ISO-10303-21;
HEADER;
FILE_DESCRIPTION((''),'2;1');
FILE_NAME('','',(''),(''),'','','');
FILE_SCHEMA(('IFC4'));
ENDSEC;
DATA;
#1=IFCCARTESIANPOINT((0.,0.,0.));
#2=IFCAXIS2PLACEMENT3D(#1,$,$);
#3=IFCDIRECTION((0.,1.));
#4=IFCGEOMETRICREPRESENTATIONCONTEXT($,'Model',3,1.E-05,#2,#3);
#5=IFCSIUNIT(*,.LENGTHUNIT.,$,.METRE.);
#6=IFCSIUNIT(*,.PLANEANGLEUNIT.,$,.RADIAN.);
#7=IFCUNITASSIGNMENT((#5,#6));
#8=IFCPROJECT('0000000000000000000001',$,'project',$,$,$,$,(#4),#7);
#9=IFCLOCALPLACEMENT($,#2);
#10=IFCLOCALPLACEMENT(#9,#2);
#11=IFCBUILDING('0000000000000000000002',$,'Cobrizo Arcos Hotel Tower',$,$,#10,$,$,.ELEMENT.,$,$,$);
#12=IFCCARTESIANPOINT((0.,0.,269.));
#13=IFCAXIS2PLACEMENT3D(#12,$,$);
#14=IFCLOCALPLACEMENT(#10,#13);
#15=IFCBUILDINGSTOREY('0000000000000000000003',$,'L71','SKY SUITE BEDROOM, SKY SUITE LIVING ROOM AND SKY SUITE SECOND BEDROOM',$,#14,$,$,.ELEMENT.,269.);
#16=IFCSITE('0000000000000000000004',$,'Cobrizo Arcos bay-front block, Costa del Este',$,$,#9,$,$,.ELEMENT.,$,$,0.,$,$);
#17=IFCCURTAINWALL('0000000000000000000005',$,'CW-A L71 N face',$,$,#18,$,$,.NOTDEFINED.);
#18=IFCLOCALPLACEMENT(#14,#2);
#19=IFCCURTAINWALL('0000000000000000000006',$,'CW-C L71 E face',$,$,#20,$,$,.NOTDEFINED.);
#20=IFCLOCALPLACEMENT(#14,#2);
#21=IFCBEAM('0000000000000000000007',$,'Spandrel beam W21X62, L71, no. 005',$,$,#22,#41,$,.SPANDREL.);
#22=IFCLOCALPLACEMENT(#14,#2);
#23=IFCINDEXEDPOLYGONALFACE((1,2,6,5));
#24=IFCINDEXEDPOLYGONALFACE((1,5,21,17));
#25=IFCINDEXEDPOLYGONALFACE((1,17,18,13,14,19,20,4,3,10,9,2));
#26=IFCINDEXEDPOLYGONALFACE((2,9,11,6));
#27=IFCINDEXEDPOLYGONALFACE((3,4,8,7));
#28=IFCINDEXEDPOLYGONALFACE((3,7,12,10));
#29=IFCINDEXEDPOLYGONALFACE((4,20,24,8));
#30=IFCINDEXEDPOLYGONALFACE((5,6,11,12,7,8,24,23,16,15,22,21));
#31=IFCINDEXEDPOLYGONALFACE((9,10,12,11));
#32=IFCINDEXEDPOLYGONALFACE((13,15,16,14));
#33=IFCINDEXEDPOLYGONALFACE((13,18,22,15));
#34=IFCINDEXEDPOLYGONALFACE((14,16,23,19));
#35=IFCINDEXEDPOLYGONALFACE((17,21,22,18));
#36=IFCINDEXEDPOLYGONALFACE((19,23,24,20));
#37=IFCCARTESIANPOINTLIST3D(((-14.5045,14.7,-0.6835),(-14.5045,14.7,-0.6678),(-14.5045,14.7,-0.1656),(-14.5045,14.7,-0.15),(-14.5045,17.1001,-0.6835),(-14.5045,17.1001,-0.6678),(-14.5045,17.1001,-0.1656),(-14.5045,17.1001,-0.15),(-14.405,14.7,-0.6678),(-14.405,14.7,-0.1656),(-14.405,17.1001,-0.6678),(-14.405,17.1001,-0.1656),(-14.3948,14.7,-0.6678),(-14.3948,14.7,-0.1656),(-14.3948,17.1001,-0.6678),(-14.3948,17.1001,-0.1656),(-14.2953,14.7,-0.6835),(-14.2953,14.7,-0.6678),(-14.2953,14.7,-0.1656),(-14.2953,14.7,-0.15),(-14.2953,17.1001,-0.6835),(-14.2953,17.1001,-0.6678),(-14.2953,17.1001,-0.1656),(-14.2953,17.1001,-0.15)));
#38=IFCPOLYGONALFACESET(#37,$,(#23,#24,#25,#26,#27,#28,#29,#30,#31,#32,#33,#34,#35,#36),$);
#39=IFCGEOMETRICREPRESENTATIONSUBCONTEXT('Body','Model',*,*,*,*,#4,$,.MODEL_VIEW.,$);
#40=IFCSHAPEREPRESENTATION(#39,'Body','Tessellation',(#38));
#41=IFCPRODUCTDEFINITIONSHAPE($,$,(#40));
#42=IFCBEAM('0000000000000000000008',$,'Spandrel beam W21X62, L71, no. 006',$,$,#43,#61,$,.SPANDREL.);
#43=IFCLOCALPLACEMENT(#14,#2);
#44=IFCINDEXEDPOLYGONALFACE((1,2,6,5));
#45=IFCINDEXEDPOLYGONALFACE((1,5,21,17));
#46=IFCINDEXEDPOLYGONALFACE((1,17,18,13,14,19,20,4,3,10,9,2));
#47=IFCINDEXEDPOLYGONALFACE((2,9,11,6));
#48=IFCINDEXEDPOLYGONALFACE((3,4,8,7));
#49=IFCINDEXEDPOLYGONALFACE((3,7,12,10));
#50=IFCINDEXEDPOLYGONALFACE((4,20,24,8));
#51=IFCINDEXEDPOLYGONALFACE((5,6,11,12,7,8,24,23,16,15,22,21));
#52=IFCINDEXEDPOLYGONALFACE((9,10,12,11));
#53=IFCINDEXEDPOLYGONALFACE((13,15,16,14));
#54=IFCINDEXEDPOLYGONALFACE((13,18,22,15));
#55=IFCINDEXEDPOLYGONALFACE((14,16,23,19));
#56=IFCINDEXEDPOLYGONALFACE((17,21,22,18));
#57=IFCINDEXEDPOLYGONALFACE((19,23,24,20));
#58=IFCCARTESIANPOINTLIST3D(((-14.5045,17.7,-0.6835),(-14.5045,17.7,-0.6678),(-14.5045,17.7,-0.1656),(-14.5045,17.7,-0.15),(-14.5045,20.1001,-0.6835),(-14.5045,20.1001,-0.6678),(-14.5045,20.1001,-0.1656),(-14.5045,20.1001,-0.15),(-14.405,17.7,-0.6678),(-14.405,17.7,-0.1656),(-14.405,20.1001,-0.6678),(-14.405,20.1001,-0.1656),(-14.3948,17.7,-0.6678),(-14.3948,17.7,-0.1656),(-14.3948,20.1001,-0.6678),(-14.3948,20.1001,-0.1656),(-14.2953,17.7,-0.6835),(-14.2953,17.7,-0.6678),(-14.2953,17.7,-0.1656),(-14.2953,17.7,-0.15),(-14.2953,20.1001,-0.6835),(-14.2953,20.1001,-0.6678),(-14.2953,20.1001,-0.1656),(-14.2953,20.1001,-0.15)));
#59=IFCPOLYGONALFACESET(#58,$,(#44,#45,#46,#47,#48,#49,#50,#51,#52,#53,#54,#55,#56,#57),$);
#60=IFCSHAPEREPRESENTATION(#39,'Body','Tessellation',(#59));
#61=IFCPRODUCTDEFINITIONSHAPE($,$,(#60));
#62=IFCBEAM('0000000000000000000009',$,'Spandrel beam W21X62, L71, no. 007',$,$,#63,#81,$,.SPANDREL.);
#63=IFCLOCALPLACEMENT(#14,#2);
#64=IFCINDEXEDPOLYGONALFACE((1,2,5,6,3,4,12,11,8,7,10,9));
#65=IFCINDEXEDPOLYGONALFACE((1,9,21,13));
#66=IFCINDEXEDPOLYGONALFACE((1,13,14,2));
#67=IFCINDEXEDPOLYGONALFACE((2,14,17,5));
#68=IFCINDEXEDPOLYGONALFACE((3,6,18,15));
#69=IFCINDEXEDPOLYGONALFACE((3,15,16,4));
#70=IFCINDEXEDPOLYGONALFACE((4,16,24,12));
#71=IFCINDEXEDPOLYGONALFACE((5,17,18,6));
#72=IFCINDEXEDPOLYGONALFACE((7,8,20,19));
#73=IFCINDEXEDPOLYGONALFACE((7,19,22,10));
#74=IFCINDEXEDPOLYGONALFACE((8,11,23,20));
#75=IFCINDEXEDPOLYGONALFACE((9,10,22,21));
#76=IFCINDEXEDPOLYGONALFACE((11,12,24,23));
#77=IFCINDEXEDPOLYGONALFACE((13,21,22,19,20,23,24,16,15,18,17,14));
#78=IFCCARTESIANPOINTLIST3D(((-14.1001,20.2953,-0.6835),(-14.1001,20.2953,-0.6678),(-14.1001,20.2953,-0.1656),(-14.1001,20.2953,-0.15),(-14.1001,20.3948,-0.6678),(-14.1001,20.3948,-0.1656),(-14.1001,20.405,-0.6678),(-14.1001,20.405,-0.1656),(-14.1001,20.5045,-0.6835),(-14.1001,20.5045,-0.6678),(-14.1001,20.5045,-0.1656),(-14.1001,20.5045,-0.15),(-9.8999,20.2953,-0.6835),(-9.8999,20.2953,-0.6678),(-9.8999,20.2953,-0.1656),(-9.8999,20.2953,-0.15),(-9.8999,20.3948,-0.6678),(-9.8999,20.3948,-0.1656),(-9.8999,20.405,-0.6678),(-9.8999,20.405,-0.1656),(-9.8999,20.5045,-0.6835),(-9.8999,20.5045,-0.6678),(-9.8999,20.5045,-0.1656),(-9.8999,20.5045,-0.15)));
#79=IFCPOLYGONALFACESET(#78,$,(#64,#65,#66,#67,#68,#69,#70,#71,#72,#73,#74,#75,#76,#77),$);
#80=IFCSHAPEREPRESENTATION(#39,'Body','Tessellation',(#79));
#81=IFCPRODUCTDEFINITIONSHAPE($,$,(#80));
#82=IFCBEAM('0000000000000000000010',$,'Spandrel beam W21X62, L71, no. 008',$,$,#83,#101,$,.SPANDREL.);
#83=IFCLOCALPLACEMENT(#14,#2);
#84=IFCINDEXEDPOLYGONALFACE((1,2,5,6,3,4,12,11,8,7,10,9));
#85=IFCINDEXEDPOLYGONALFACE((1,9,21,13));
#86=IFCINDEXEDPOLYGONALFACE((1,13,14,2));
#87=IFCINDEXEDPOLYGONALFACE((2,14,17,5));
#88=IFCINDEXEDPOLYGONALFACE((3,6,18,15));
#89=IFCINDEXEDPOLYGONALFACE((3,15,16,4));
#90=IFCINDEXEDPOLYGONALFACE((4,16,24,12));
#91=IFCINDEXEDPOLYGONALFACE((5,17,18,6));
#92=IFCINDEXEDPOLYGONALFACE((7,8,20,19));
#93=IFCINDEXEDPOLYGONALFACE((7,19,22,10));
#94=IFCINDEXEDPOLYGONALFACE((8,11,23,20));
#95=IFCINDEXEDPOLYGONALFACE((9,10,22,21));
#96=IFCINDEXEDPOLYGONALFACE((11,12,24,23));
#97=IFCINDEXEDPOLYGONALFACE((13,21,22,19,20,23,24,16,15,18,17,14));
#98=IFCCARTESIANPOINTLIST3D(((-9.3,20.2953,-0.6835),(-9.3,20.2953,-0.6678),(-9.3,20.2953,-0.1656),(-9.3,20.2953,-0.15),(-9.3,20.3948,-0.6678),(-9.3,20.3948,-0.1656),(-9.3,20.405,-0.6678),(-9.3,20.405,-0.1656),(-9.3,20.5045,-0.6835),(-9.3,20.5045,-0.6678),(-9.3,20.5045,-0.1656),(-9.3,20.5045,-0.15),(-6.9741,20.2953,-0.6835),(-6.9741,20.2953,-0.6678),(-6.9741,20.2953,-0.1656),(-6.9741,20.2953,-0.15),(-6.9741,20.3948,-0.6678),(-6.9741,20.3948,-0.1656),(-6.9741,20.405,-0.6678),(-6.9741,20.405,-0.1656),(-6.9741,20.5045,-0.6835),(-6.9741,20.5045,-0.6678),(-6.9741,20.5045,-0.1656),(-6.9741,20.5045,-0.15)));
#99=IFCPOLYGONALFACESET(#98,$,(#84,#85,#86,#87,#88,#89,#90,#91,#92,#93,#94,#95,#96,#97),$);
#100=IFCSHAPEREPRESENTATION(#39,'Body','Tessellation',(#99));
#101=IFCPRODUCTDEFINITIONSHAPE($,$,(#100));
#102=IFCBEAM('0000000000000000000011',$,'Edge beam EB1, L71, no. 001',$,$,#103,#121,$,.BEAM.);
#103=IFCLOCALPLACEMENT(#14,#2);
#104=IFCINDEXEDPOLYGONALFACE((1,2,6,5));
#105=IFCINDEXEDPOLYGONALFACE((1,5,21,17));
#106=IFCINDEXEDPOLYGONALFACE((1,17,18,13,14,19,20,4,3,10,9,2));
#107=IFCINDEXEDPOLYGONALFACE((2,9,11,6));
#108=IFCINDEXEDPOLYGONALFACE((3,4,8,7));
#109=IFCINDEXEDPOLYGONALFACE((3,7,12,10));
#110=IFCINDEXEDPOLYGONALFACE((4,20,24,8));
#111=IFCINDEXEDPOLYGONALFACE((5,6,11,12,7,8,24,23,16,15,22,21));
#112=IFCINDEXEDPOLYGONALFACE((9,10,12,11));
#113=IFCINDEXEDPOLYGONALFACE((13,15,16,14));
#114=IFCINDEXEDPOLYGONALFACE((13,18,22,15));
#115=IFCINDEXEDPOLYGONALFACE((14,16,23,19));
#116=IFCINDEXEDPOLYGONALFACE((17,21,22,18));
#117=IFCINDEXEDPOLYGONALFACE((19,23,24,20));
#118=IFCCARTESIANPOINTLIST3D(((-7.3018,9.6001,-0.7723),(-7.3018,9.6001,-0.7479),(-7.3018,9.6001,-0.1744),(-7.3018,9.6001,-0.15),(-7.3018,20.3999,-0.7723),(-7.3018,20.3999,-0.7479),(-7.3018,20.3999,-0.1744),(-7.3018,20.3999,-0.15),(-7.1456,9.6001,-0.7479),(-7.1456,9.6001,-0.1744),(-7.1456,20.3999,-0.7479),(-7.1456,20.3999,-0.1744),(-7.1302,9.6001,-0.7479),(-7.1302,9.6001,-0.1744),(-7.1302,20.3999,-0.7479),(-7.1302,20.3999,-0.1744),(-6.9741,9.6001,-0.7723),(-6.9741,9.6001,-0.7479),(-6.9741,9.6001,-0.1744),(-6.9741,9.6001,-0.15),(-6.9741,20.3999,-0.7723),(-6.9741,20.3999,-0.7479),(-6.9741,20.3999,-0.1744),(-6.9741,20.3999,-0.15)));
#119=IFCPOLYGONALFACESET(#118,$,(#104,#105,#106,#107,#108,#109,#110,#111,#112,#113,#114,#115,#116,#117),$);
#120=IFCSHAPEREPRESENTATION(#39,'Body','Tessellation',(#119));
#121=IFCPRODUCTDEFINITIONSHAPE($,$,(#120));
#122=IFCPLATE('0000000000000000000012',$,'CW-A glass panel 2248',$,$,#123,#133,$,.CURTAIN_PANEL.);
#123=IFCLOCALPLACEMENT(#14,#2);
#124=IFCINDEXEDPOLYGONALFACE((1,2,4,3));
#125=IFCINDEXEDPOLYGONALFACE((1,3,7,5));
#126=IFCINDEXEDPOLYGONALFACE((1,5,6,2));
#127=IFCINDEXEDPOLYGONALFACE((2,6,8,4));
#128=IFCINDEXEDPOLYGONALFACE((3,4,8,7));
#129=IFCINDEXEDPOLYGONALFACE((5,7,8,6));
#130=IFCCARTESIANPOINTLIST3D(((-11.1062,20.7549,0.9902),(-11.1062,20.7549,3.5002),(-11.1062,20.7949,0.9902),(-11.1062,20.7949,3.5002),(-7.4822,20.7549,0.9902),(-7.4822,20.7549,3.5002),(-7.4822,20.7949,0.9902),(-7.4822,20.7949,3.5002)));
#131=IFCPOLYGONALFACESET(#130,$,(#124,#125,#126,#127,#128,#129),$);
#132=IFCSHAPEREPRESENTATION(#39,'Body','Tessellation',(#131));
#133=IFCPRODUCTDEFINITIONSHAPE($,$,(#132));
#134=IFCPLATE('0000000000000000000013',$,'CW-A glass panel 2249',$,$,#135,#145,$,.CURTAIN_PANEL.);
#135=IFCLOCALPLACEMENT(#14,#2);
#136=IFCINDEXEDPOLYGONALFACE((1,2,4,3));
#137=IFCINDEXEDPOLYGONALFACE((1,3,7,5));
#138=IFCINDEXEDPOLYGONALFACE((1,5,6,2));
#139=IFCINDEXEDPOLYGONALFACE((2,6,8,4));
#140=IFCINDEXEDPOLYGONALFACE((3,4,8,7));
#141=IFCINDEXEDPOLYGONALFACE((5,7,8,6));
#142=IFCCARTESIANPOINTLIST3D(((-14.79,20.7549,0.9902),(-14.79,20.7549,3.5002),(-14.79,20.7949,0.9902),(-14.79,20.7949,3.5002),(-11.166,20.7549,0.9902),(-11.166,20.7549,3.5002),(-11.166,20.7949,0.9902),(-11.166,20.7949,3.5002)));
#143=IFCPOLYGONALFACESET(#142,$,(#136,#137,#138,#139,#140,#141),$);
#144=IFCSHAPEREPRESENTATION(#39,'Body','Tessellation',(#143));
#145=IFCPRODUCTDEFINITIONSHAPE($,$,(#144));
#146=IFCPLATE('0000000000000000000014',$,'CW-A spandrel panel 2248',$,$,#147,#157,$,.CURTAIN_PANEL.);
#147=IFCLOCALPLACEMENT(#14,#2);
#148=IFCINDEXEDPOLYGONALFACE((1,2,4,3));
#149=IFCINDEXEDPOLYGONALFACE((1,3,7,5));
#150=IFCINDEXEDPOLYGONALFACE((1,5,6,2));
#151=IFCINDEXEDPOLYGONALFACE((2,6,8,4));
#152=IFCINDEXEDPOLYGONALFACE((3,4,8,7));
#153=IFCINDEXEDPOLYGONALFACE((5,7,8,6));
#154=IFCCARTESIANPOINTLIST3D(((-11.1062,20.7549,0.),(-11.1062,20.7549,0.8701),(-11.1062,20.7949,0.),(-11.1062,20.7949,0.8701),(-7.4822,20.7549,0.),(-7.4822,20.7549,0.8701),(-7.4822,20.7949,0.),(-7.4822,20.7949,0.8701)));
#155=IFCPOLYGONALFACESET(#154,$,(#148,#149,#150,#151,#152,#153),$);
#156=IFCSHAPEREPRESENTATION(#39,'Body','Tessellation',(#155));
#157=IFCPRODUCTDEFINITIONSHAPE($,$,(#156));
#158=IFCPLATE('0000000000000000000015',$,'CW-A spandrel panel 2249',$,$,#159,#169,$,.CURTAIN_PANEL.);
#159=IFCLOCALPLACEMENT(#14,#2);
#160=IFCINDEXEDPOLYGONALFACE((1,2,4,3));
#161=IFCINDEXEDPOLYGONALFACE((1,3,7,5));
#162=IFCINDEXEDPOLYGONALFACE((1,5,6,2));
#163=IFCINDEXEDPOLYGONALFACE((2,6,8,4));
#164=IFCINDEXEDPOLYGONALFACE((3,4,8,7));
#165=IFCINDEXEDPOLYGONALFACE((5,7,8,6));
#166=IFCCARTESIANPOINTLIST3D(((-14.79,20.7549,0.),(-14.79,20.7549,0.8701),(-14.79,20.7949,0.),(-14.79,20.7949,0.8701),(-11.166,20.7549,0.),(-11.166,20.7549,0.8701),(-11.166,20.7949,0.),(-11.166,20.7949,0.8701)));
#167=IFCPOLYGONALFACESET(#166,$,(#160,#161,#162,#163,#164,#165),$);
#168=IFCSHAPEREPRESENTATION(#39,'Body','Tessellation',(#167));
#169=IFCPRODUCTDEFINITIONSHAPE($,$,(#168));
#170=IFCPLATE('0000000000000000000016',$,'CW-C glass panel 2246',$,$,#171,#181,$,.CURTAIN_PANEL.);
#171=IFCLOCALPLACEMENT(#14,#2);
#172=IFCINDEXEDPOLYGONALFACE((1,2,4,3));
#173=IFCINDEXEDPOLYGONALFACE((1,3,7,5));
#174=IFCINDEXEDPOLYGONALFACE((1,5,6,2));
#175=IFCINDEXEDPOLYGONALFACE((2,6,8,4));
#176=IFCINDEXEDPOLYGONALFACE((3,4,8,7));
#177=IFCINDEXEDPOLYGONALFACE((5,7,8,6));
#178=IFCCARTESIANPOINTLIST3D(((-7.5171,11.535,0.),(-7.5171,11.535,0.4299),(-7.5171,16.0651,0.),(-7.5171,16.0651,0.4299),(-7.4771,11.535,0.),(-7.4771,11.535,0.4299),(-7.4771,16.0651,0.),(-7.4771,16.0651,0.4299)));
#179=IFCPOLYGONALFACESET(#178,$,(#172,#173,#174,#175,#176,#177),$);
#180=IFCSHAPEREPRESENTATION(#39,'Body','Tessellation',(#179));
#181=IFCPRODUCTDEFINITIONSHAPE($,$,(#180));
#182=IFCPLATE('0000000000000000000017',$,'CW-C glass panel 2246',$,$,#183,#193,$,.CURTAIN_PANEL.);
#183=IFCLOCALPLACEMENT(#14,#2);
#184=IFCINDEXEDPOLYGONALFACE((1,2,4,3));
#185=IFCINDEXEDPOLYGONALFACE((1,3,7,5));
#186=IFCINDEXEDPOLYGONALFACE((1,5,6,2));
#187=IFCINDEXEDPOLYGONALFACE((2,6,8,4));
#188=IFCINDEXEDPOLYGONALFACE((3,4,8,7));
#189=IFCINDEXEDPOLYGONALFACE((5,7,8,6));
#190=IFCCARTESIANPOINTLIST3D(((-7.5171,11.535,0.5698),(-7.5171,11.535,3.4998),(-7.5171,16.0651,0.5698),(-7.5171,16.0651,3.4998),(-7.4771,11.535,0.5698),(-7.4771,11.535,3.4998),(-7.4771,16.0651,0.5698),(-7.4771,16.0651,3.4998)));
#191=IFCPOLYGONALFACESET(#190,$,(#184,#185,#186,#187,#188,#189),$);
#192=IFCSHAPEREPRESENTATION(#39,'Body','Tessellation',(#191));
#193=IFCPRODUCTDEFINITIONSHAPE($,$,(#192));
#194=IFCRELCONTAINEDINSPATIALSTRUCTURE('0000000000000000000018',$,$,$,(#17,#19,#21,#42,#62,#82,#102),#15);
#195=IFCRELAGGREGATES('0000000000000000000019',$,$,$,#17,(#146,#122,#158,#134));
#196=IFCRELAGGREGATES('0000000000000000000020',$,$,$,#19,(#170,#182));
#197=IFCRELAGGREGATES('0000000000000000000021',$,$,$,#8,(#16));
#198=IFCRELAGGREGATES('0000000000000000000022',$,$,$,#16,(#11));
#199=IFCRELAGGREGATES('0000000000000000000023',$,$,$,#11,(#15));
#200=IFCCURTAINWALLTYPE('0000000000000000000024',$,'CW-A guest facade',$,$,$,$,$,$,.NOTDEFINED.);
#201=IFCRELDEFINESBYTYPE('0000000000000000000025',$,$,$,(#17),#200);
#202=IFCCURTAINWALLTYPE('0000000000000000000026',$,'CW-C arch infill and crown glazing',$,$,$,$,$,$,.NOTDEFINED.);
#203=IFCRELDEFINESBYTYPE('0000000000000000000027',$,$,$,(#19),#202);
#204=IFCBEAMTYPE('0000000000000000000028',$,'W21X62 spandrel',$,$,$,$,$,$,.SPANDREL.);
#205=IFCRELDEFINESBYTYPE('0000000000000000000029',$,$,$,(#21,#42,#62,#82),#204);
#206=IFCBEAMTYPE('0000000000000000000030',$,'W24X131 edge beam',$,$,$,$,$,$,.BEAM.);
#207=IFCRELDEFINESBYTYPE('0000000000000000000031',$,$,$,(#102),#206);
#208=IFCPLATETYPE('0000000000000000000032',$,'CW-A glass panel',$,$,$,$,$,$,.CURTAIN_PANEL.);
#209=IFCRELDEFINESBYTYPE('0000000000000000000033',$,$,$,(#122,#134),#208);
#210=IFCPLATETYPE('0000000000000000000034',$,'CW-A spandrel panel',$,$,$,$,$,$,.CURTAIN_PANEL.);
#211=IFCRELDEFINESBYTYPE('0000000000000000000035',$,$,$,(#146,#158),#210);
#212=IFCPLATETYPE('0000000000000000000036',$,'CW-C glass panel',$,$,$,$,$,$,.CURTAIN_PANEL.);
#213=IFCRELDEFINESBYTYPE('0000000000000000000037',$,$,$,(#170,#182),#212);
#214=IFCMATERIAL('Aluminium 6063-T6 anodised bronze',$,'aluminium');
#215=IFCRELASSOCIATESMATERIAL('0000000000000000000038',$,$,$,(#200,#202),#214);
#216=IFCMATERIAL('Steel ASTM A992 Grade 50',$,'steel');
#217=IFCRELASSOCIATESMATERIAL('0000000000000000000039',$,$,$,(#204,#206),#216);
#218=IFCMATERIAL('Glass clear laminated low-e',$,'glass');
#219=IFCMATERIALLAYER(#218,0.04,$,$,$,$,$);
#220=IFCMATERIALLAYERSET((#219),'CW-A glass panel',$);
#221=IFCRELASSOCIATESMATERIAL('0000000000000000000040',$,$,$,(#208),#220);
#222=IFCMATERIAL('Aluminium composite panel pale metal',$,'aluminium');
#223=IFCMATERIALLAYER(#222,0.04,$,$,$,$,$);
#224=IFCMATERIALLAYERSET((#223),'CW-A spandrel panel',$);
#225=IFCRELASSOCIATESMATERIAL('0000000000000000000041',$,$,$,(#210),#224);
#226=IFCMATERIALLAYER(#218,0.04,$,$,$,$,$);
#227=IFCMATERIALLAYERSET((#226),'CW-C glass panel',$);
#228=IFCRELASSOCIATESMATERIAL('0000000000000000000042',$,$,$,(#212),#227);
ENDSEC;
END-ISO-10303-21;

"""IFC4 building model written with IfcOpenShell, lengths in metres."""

from ifc_helpers import new_model, si_unit, direction, frame, origin, origin_2d, place, context, subcontext, project, spatial, rectangle, i_section, extrude, material, layer, layer_set, material_profile, profile_set, type_object, element, aggregate, save


model = new_model("IFC4")

# Units and contexts
model_context = context("Model", 3, precision=1e-05, world=origin(), true_north=direction((0.0, 1.0)))
body_context = subcontext(model_context, "Body", "Model", "MODEL_VIEW")
ifc_project = project(units=[si_unit("LENGTHUNIT", "METRE"), si_unit("PLANEANGLEUNIT", "RADIAN")], contexts=[model_context])

# Site, building, storey
site_placement = place(None, origin())
site = spatial("IfcSite", under=ifc_project, at=site_placement, Name="Cobrizo Arcos bay-front block, Costa del Este", CompositionType="ELEMENT", RefElevation=0.0)
building_placement = place(site_placement, origin())
building = spatial("IfcBuilding", under=site, at=building_placement, Name="Cobrizo Arcos Hotel Tower", CompositionType="ELEMENT")
storey_placement = place(building_placement, frame((0.0, 0.0, 269.0)))
storey = spatial("IfcBuildingStorey", under=building, at=storey_placement, Name="L71", Description="SKY SUITE BEDROOM, SKY SUITE LIVING ROOM AND SKY SUITE SECOND BEDROOM", CompositionType="ELEMENT", Elevation=269.0)

# Curtain walls
ifc_material_1 = material(Name="Aluminium 6063-T6 anodised bronze", Category="aluminium")
curtain_wall_type_1 = type_object("IfcCurtainWallType", Name="CW-A guest facade", PredefinedType="NOTDEFINED", material=ifc_material_1)
curtain_wall_1_placement = place(storey_placement, origin())
curtain_wall_1 = element("IfcCurtainWall", 1, at=curtain_wall_1_placement, inside=storey, type_object=curtain_wall_type_1, Name="CW-A L71 N face", PredefinedType="NOTDEFINED")
curtain_wall_type_2 = type_object("IfcCurtainWallType", Name="CW-C arch infill and crown glazing", PredefinedType="NOTDEFINED", material=ifc_material_1)
curtain_wall_2_placement = place(storey_placement, origin())
curtain_wall_2 = element("IfcCurtainWall", 2, at=curtain_wall_2_placement, inside=storey, type_object=curtain_wall_type_2, Name="CW-C L71 E face", PredefinedType="NOTDEFINED")

# Beams
ifc_material_2 = material(Name="Steel ASTM A992 Grade 50", Category="steel")
ifc_material_profile_1 = material_profile(ifc_material_2, i_section(OverallWidth=0.2092, OverallDepth=0.5334, WebThickness=0.0103, FlangeThickness=0.0156, at=origin_2d()), Name="W21X62")
ifc_profile_set_1 = profile_set([ifc_material_profile_1], Name="Steel ASTM A992 Grade 50")
beam_type_1 = type_object("IfcBeamType", Name="W21X62 spandrel", PredefinedType="SPANDREL", material=ifc_profile_set_1)
for number, where, z_axis, x_axis, name in (
    (3, (-14.3999, 14.7, -0.4167), (0.0, 1.0, 0.0), (-1.0, 0.0, 0.0), "Spandrel beam W21X62, L71, no. 005"),
    (4, (-14.3999, 17.7, -0.4167), (0.0, 1.0, 0.0), (-1.0, 0.0, 0.0), "Spandrel beam W21X62, L71, no. 006"),
):
    element("IfcBeam", number, at=place(storey_placement, frame(where, z_axis=z_axis, x_axis=x_axis)), inside=storey, type_object=beam_type_1, Name=name, PredefinedType="SPANDREL", context=body_context, shape_type="SweptSolid", body=[
        extrude(i_section(OverallWidth=0.2092, OverallDepth=0.5334, WebThickness=0.0103, FlangeThickness=0.0156, at=origin_2d()), origin(), (0.0, 0.0, 1.0), 2.4001),
    ])
beam_1_placement = place(storey_placement, frame((-14.1001, 20.3999, -0.4167), z_axis=(1.0, 0.0, 0.0), x_axis=(0.0, 1.0, 0.0)))
element("IfcBeam", 5, at=beam_1_placement, inside=storey, type_object=beam_type_1, Name="Spandrel beam W21X62, L71, no. 007", PredefinedType="SPANDREL", context=body_context, shape_type="SweptSolid", body=[
    extrude(i_section(OverallWidth=0.2092, OverallDepth=0.5334, WebThickness=0.0103, FlangeThickness=0.0156, at=origin_2d()), origin(), (0.0, 0.0, 1.0), 4.2002),
])
beam_2_placement = place(storey_placement, frame((-9.3, 20.3999, -0.4167), z_axis=(1.0, 0.0, 0.0), x_axis=(0.0, 1.0, 0.0)))
element("IfcBeam", 6, at=beam_2_placement, inside=storey, type_object=beam_type_1, Name="Spandrel beam W21X62, L71, no. 008", PredefinedType="SPANDREL", context=body_context, shape_type="SweptSolid", body=[
    extrude(i_section(OverallWidth=0.2092, OverallDepth=0.5334, WebThickness=0.0103, FlangeThickness=0.0156, at=origin_2d()), origin(), (0.0, 0.0, 1.0), 2.3259),
])
ifc_material_profile_2 = material_profile(ifc_material_2, i_section(OverallWidth=0.3276, OverallDepth=0.6223, WebThickness=0.0154, FlangeThickness=0.0244, at=origin_2d()), Name="W24X131")
ifc_profile_set_2 = profile_set([ifc_material_profile_2], Name="Steel ASTM A992 Grade 50")
beam_type_2 = type_object("IfcBeamType", Name="W24X131 edge beam", PredefinedType="BEAM", material=ifc_profile_set_2)
beam_3_placement = place(storey_placement, frame((-7.1379, 20.3999, -0.4612), z_axis=(0.0, -1.0, 0.0), x_axis=(1.0, 0.0, 0.0)))
element("IfcBeam", 7, at=beam_3_placement, inside=storey, type_object=beam_type_2, Name="Edge beam EB1, L71, no. 001", PredefinedType="BEAM", context=body_context, shape_type="SweptSolid", body=[
    extrude(i_section(OverallWidth=0.3276, OverallDepth=0.6223, WebThickness=0.0154, FlangeThickness=0.0244, at=origin_2d()), origin(), (0.0, 0.0, 1.0), 10.7998),
])

# Plates
ifc_material_3 = material(Name="Glass clear laminated low-e", Category="glass")
ifc_layer_1 = layer(ifc_material_3, 0.04)
ifc_layer_set_1 = layer_set([ifc_layer_1], Name="CW-A glass panel")
plate_type_1 = type_object("IfcPlateType", Name="CW-A glass panel", PredefinedType="CURTAIN_PANEL", material=ifc_layer_set_1)
plate_1_placement = place(storey_placement, frame((-9.2942, 20.7749, 0.9902), z_axis=(0.0, 0.0, 1.0), x_axis=(-1.0, 0.0, 0.0)))
plate_1 = element("IfcPlate", 8, at=plate_1_placement, type_object=plate_type_1, Name="CW-A glass panel 2248", PredefinedType="CURTAIN_PANEL", context=body_context, shape_type="SweptSolid", body=[
    extrude(rectangle(XDim=3.624, YDim=0.04, at=origin_2d()), origin(), (0.0, 0.0, 1.0), 2.51),
])
plate_2_placement = place(storey_placement, frame((-12.978, 20.7749, 0.9902), z_axis=(0.0, 0.0, 1.0), x_axis=(-1.0, 0.0, 0.0)))
plate_2 = element("IfcPlate", 9, at=plate_2_placement, type_object=plate_type_1, Name="CW-A glass panel 2249", PredefinedType="CURTAIN_PANEL", context=body_context, shape_type="SweptSolid", body=[
    extrude(rectangle(XDim=3.624, YDim=0.04, at=origin_2d()), origin(), (0.0, 0.0, 1.0), 2.51),
])
ifc_material_4 = material(Name="Aluminium composite panel pale metal", Category="aluminium")
ifc_layer_2 = layer(ifc_material_4, 0.04)
ifc_layer_set_2 = layer_set([ifc_layer_2], Name="CW-A spandrel panel")
plate_type_2 = type_object("IfcPlateType", Name="CW-A spandrel panel", PredefinedType="CURTAIN_PANEL", material=ifc_layer_set_2)
plate_3_placement = place(storey_placement, frame((-9.2942, 20.7749, 0.0), z_axis=(0.0, 0.0, 1.0), x_axis=(-1.0, 0.0, 0.0)))
plate_3 = element("IfcPlate", 10, at=plate_3_placement, type_object=plate_type_2, Name="CW-A spandrel panel 2248", PredefinedType="CURTAIN_PANEL", context=body_context, shape_type="SweptSolid", body=[
    extrude(rectangle(XDim=3.624, YDim=0.04, at=origin_2d()), origin(), (0.0, 0.0, 1.0), 0.8701),
])
plate_4_placement = place(storey_placement, frame((-12.978, 20.7749, 0.0), z_axis=(0.0, 0.0, 1.0), x_axis=(-1.0, 0.0, 0.0)))
plate_4 = element("IfcPlate", 11, at=plate_4_placement, type_object=plate_type_2, Name="CW-A spandrel panel 2249", PredefinedType="CURTAIN_PANEL", context=body_context, shape_type="SweptSolid", body=[
    extrude(rectangle(XDim=3.624, YDim=0.04, at=origin_2d()), origin(), (0.0, 0.0, 1.0), 0.8701),
])
aggregate(curtain_wall_1, [plate_3, plate_1, plate_4, plate_2])
ifc_layer_3 = layer(ifc_material_3, 0.04)
ifc_layer_set_3 = layer_set([ifc_layer_3], Name="CW-C glass panel")
plate_type_3 = type_object("IfcPlateType", Name="CW-C glass panel", PredefinedType="CURTAIN_PANEL", material=ifc_layer_set_3)
plate_5_placement = place(storey_placement, frame((-7.4971, 13.8, 0.0), z_axis=(0.0, 0.0, 1.0), x_axis=(0.0, 1.0, 0.0)))
plate_5 = element("IfcPlate", 12, at=plate_5_placement, type_object=plate_type_3, Name="CW-C glass panel 2246", PredefinedType="CURTAIN_PANEL", context=body_context, shape_type="SweptSolid", body=[
    extrude(rectangle(XDim=4.53, YDim=0.04, at=origin_2d()), origin(), (0.0, 0.0, 1.0), 0.4299),
])
plate_6_placement = place(storey_placement, frame((-7.4971, 13.8, 0.5698), z_axis=(0.0, 0.0, 1.0), x_axis=(0.0, 1.0, 0.0)))
plate_6 = element("IfcPlate", 13, at=plate_6_placement, type_object=plate_type_3, Name="CW-C glass panel 2246", PredefinedType="CURTAIN_PANEL", context=body_context, shape_type="SweptSolid", body=[
    extrude(rectangle(XDim=4.53, YDim=0.04, at=origin_2d()), origin(), (0.0, 0.0, 1.0), 2.9299),
])
aggregate(curtain_wall_2, [plate_5, plate_6])

save(model, "model.ifc")
